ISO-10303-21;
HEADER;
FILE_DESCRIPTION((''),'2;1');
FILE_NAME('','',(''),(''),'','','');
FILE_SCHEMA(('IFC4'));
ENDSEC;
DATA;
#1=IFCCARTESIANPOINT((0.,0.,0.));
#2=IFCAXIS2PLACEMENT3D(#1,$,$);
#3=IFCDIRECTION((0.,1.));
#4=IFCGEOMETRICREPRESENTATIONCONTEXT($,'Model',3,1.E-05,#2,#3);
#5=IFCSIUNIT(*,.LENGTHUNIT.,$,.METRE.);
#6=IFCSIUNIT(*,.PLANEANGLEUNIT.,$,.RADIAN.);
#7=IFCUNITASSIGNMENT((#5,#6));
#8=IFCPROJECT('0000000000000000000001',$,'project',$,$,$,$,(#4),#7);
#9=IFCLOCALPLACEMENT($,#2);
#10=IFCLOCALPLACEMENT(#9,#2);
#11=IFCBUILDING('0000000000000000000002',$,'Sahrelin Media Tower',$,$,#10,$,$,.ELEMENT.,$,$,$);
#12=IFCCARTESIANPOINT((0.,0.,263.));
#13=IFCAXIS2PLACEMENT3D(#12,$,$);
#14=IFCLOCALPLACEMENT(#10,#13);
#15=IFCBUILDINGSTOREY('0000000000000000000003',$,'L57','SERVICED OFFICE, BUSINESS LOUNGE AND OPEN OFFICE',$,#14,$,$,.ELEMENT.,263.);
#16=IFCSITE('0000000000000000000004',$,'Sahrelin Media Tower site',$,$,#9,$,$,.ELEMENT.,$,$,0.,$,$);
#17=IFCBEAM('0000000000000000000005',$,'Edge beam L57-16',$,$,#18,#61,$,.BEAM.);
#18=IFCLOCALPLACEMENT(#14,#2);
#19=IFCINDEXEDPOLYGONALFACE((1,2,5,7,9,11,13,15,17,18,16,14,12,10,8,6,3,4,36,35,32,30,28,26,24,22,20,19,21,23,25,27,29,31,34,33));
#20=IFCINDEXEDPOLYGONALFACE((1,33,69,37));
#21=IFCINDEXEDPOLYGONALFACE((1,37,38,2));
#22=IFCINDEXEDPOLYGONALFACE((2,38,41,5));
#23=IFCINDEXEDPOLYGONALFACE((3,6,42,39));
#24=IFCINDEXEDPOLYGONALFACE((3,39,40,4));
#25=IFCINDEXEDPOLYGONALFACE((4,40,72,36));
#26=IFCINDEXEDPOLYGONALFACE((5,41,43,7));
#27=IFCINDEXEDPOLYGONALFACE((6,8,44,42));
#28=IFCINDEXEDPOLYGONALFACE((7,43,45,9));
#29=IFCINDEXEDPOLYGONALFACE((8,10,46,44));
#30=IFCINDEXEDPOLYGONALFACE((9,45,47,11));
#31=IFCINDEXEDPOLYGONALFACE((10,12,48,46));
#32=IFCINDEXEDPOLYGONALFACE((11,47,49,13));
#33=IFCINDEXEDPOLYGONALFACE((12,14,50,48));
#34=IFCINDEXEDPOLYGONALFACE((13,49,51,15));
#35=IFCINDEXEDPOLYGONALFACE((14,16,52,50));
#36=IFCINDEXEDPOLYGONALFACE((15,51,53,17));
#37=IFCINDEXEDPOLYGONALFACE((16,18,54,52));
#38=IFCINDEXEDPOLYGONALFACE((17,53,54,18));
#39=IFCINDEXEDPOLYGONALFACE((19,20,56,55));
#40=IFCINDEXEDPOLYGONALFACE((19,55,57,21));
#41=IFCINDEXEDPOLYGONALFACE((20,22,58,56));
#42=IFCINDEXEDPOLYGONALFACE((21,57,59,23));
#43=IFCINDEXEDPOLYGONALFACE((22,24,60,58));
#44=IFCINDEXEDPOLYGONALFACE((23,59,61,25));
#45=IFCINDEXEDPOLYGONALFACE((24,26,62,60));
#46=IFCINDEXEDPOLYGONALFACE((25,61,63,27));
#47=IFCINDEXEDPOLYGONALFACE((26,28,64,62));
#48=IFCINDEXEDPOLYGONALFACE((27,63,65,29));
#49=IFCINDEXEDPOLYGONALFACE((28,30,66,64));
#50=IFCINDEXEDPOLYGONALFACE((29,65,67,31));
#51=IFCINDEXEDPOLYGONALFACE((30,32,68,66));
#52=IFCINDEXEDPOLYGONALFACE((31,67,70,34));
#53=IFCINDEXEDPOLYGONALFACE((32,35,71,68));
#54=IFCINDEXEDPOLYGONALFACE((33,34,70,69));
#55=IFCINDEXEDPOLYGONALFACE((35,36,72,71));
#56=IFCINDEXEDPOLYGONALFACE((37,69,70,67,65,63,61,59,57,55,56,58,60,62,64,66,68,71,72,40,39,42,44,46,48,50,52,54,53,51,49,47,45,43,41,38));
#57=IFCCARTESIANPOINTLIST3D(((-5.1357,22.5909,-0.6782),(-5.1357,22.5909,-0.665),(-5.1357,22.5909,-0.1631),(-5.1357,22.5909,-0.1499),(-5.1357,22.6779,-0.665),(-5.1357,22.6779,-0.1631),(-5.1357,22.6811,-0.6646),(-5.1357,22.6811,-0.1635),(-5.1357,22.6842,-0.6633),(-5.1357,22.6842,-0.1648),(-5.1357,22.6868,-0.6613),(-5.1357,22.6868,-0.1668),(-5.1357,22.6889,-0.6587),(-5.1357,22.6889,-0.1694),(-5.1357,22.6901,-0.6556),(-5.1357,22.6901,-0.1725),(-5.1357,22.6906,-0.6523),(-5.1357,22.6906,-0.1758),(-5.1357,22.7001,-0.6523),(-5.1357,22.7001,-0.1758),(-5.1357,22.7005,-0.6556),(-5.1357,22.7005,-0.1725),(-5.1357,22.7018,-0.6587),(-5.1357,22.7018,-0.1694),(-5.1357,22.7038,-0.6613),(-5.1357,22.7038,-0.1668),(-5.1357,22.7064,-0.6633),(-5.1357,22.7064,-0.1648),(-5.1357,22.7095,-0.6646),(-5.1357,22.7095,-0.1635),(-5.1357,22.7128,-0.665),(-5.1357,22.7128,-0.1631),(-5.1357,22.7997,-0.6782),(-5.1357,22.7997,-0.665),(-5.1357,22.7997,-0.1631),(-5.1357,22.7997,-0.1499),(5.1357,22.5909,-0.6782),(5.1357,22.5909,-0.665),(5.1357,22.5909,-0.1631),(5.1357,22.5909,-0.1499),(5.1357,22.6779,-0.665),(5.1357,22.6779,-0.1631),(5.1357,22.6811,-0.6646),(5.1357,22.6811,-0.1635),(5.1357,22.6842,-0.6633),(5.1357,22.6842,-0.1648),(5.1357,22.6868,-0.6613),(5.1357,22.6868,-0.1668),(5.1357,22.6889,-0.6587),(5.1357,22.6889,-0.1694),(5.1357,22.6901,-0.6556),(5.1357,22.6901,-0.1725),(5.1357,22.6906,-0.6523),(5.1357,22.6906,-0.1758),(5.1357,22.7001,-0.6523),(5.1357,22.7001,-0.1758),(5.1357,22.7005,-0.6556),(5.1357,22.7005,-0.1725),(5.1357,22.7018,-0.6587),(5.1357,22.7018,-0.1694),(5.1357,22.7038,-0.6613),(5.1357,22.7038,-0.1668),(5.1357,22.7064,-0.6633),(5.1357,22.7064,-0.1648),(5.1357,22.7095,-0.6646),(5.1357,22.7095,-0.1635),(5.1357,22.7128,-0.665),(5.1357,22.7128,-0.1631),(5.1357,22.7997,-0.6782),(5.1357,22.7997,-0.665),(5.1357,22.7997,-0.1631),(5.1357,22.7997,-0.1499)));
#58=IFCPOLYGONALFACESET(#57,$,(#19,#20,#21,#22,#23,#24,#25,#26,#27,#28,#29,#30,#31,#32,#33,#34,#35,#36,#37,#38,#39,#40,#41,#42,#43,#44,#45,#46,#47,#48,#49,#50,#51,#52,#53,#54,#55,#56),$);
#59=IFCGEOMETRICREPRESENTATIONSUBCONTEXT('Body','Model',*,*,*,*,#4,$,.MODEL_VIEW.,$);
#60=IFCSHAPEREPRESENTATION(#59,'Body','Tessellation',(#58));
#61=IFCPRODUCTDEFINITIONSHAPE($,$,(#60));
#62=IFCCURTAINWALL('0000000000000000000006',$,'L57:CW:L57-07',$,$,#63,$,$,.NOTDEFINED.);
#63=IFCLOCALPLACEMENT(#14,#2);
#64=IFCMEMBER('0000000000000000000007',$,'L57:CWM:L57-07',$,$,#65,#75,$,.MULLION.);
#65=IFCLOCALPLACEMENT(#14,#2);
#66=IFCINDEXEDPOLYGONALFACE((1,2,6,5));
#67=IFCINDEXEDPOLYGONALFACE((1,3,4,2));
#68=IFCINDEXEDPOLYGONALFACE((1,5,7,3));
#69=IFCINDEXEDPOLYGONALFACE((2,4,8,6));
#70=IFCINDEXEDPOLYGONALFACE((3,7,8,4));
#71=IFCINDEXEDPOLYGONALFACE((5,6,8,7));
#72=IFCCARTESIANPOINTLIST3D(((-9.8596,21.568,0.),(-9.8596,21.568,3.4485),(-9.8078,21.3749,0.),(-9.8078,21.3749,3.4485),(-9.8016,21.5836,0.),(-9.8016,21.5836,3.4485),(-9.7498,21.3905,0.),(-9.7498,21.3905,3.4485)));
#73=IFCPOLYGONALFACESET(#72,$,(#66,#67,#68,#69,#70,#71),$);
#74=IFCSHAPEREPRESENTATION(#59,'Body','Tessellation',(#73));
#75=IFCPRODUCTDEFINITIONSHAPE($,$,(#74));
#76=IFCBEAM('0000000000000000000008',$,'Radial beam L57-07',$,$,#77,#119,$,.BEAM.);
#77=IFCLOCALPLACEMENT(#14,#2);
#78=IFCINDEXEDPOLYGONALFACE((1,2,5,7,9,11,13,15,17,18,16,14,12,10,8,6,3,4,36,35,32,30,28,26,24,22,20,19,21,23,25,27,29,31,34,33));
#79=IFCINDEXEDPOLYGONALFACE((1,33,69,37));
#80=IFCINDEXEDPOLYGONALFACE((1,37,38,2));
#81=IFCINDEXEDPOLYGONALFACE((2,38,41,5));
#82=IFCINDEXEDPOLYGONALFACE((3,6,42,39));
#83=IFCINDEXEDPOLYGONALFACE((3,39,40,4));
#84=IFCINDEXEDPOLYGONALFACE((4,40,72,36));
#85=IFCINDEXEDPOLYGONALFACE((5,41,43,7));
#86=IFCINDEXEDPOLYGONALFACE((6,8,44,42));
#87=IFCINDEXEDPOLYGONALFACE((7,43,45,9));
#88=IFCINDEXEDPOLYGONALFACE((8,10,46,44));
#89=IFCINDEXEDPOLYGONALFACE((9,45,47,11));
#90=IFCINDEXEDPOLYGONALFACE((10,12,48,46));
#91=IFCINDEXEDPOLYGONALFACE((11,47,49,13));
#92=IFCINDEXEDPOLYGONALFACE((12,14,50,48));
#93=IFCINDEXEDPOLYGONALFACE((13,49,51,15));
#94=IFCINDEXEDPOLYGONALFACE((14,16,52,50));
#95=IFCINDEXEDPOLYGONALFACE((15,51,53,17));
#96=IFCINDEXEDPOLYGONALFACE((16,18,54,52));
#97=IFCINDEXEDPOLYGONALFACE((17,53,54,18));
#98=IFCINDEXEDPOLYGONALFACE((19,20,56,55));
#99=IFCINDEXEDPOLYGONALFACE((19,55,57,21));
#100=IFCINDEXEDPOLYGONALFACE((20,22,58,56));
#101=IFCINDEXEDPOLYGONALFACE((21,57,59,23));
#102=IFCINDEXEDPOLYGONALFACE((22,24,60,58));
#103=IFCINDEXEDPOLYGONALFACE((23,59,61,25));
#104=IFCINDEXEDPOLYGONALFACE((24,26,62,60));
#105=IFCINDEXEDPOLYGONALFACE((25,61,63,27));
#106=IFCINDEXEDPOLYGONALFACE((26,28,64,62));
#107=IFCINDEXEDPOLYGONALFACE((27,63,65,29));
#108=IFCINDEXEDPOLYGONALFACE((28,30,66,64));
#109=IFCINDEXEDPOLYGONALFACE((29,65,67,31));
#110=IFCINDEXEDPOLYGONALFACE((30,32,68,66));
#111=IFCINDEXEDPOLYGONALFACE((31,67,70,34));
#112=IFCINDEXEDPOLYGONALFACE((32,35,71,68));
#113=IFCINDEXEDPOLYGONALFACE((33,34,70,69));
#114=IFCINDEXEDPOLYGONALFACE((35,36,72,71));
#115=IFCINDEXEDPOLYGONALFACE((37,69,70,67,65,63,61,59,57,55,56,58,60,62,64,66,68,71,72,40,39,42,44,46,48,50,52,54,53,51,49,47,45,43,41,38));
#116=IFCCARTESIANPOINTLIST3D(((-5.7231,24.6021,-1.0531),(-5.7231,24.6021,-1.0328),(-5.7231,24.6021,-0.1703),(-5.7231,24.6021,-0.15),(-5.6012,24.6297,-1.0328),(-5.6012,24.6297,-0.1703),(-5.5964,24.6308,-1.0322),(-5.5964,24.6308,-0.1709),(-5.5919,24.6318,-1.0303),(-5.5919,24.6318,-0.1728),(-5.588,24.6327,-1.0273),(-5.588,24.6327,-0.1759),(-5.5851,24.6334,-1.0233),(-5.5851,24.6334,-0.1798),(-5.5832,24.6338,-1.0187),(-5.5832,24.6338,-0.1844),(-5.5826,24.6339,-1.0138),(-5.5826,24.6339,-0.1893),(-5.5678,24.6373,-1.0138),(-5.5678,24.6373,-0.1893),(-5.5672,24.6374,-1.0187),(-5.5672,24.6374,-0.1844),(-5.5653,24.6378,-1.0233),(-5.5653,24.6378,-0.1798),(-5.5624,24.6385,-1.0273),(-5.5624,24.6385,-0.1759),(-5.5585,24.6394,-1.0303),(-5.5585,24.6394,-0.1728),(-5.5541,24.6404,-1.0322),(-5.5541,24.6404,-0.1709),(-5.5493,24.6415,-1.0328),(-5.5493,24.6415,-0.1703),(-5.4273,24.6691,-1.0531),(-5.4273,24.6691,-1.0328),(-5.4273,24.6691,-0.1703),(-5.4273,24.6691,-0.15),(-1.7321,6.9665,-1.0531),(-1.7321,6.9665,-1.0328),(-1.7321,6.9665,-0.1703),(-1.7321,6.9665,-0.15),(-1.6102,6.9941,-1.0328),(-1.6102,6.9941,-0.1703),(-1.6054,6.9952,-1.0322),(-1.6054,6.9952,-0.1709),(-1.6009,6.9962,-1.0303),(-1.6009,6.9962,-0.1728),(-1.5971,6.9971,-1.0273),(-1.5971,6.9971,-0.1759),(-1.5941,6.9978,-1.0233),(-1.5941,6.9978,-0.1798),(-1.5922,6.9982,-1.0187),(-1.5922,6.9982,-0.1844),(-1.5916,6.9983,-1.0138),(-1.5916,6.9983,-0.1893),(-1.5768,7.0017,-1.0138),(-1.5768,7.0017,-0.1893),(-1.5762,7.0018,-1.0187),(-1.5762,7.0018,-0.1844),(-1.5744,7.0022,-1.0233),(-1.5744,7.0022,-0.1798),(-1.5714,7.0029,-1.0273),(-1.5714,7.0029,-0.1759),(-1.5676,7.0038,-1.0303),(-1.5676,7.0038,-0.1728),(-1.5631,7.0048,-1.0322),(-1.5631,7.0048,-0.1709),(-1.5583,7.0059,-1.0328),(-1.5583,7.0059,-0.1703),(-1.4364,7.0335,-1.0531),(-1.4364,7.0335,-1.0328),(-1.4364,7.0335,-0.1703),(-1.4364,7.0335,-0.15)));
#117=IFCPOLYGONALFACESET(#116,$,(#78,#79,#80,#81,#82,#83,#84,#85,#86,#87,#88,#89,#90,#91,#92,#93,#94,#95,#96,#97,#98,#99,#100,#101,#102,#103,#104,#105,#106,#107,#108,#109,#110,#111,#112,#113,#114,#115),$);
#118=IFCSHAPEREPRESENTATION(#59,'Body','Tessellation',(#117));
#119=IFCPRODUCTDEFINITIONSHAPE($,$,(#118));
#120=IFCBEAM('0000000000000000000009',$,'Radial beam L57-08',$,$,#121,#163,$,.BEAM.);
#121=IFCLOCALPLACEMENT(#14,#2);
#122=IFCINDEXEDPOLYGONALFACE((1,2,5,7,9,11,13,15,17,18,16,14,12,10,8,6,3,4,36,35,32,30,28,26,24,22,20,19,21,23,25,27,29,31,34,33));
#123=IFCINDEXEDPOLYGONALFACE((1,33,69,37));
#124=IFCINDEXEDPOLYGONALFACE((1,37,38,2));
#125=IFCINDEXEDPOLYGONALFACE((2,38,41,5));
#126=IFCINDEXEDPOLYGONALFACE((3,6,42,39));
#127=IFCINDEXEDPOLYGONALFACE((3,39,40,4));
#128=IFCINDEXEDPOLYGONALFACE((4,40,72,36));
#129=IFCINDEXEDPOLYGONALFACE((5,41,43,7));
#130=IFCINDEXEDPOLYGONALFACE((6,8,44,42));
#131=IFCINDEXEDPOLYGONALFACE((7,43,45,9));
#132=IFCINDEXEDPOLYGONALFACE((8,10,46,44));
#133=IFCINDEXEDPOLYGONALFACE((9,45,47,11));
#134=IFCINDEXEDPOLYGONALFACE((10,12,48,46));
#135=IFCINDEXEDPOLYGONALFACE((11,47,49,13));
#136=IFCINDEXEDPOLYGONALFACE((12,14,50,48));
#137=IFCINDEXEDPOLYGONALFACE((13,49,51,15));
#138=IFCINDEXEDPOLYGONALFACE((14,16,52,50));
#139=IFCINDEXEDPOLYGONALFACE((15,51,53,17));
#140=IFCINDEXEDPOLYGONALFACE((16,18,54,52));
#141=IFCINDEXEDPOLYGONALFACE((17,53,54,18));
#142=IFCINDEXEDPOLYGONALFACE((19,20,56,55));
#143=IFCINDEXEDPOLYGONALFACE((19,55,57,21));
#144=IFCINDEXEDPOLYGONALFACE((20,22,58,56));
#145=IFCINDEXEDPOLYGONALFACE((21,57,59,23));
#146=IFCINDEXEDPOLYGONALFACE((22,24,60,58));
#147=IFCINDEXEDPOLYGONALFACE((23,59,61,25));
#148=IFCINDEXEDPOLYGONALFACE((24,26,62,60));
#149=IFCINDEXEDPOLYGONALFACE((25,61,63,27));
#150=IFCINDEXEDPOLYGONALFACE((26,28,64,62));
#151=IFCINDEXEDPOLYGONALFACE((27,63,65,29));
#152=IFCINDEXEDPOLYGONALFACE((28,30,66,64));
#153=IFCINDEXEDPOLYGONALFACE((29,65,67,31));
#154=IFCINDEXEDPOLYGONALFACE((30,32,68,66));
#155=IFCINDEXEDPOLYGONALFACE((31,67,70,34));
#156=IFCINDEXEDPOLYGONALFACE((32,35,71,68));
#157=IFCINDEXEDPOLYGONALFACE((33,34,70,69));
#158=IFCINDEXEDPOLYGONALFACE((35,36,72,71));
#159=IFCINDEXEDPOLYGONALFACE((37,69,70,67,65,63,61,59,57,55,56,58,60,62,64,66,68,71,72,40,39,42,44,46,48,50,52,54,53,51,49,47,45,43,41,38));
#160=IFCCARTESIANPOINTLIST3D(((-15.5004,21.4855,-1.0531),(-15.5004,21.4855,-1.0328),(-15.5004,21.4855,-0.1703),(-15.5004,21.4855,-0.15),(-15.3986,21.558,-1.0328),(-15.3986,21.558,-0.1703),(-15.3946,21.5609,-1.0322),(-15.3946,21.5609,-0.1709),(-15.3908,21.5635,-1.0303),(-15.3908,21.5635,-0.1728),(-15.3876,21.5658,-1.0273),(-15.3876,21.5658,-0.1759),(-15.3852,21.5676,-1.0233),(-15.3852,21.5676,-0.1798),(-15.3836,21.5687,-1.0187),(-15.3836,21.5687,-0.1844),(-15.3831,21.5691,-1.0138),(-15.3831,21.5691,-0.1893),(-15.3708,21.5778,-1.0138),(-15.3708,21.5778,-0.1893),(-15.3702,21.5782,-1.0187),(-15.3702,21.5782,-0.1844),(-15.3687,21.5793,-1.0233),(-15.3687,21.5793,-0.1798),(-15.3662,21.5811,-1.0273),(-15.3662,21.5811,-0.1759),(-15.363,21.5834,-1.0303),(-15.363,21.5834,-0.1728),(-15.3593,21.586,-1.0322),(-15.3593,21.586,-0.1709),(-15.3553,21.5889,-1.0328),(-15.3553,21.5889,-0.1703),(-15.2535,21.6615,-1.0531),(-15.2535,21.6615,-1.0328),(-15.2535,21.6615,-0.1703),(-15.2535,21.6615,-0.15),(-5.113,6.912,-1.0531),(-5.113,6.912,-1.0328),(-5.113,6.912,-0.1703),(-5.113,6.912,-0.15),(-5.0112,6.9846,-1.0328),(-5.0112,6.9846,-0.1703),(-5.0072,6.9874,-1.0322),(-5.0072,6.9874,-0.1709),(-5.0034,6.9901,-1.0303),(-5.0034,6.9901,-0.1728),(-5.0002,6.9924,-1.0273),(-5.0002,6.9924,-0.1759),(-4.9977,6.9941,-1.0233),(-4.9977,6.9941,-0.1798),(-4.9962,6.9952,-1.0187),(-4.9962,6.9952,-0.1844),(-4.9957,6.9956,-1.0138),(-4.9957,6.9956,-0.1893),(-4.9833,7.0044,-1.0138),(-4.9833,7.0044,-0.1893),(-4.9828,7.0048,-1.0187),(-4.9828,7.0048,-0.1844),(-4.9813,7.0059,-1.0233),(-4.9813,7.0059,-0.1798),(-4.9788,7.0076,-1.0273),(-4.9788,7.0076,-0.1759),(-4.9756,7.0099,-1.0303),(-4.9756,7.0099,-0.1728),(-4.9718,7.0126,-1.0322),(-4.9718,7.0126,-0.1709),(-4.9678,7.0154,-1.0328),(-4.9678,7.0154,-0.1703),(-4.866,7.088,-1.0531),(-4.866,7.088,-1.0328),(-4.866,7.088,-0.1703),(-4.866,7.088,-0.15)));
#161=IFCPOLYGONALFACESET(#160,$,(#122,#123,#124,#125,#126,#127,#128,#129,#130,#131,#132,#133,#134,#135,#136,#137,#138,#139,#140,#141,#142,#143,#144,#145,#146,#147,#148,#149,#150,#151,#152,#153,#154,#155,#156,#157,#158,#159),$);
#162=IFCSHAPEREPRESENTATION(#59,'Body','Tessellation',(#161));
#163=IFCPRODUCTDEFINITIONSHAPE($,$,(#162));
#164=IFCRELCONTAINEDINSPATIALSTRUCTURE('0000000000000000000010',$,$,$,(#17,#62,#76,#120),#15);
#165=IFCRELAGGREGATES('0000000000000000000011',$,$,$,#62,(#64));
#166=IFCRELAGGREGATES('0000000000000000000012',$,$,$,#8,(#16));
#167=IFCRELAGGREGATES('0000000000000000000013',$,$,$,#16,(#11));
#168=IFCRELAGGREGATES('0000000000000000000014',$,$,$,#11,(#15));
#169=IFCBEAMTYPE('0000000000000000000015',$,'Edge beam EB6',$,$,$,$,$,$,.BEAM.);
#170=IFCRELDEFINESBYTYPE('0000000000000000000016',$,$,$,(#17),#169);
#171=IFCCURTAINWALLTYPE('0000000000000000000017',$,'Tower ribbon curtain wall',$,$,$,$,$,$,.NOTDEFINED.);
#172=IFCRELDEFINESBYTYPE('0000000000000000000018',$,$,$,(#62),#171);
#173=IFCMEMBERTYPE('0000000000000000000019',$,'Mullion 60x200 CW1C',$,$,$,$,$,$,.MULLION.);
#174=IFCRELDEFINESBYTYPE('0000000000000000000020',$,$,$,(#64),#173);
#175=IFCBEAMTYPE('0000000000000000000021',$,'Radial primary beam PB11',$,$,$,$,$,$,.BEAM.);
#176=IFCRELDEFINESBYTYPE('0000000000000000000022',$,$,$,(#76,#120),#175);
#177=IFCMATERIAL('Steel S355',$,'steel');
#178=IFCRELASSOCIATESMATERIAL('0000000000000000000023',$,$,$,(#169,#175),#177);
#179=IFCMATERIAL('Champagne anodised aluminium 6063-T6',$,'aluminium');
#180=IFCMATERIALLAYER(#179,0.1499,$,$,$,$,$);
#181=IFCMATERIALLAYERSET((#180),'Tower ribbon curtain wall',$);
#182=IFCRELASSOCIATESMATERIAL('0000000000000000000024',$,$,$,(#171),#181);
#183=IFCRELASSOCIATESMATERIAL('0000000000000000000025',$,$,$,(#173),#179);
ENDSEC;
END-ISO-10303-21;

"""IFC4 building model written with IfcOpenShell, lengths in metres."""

from ifc_helpers import new_model, si_unit, direction, frame, origin, origin_2d, place, context, subcontext, project, spatial, rectangle, i_section, extrude, material, layer, layer_set, material_profile, profile_set, type_object, element, aggregate, save


model = new_model("IFC4")

# Units and contexts
model_context = context("Model", 3, precision=1e-05, world=origin(), true_north=direction((0.0, 1.0)))
body_context = subcontext(model_context, "Body", "Model", "MODEL_VIEW")
ifc_project = project(units=[si_unit("LENGTHUNIT", "METRE"), si_unit("PLANEANGLEUNIT", "RADIAN")], contexts=[model_context])

# Site, building, storey
site_placement = place(None, origin())
site = spatial("IfcSite", under=ifc_project, at=site_placement, Name="Sahrelin Media Tower site", CompositionType="ELEMENT", RefElevation=0.0)
building_placement = place(site_placement, origin())
building = spatial("IfcBuilding", under=site, at=building_placement, Name="Sahrelin Media Tower", CompositionType="ELEMENT")
storey_placement = place(building_placement, frame((0.0, 0.0, 263.0)))
storey = spatial("IfcBuildingStorey", under=building, at=storey_placement, Name="L57", Description="SERVICED OFFICE, BUSINESS LOUNGE AND OPEN OFFICE", CompositionType="ELEMENT", Elevation=263.0)

# Beam
ifc_material_1 = material(Name="Steel S355", Category="steel")
ifc_material_profile_1 = material_profile(ifc_material_1, i_section(OverallWidth=0.2087, OverallDepth=0.5283, WebThickness=0.0095, FlangeThickness=0.0132, FilletRadius=0.0127, at=origin_2d()), Name="UB 533x210x82")
ifc_profile_set_1 = profile_set([ifc_material_profile_1], Name="Steel S355")
beam_type_1 = type_object("IfcBeamType", Name="Edge beam EB6", PredefinedType="BEAM", material=ifc_profile_set_1)
beam_1_placement = place(storey_placement, frame((-5.1357, 22.6953, -0.4141), z_axis=(1.0, 0.0, 0.0), x_axis=(0.0, 1.0, 0.0)))
element("IfcBeam", 1, at=beam_1_placement, inside=storey, type_object=beam_type_1, Name="Edge beam L57-16", PredefinedType="BEAM", context=body_context, shape_type="SweptSolid", body=[
    extrude(i_section(OverallWidth=0.2087, OverallDepth=0.5283, WebThickness=0.0095, FlangeThickness=0.0132, FilletRadius=0.0127, at=origin_2d()), origin(), (0.0, 0.0, 1.0), 10.2715),
])

# Curtain wall, member
ifc_material_2 = material(Name="Champagne anodised aluminium 6063-T6", Category="aluminium")
ifc_layer_1 = layer(ifc_material_2, 0.1499)
ifc_layer_set_1 = layer_set([ifc_layer_1], Name="Tower ribbon curtain wall")
curtain_wall_type = type_object("IfcCurtainWallType", Name="Tower ribbon curtain wall", PredefinedType="NOTDEFINED", material=ifc_layer_set_1)
curtain_wall_placement = place(storey_placement, frame((-9.8357, 21.5952, 0.0), z_axis=(0.0, 0.0, 1.0), x_axis=(1.0, 0.0, 0.0)))
curtain_wall = element("IfcCurtainWall", 2, at=curtain_wall_placement, inside=storey, type_object=curtain_wall_type, Name="L57:CW:L57-07", PredefinedType="NOTDEFINED")
ifc_material_profile_2 = material_profile(ifc_material_2, rectangle(XDim=0.0601, YDim=0.2, at=origin_2d()), Name="Mullion 60x200")
ifc_profile_set_2 = profile_set([ifc_material_profile_2], Name="Champagne anodised aluminium 6063-T6")
member_type_1 = type_object("IfcMemberType", Name="Mullion 60x200 CW1C", PredefinedType="MULLION", material=ifc_profile_set_2)
member_1_placement = place(storey_placement, frame((-9.8047, 21.4792, 0.0), z_axis=(0.0, 0.0, 1.0), x_axis=(-0.965925, -0.258821, 0.0)))
member_1 = element("IfcMember", 3, at=member_1_placement, type_object=member_type_1, Name="L57:CWM:L57-07", PredefinedType="MULLION", context=body_context, shape_type="SweptSolid", body=[
    extrude(rectangle(XDim=0.0601, YDim=0.2, at=origin_2d()), origin(), (0.0, 0.0, 1.0), 3.4485),
])

# Beams
ifc_material_profile_3 = material_profile(ifc_material_1, i_section(OverallWidth=0.3032, OverallDepth=0.9031, WebThickness=0.0151, FlangeThickness=0.0203, FilletRadius=0.019, at=origin_2d()), Name="UB 914x305x201")
ifc_profile_set_3 = profile_set([ifc_material_profile_3], Name="Steel S355")
beam_type_2 = type_object("IfcBeamType", Name="Radial primary beam PB11", PredefinedType="BEAM", material=ifc_profile_set_3)
beam_2_placement = place(storey_placement, frame((-1.5842, 7.0, -0.6016), z_axis=(-0.220722, 0.975337, 0.0), x_axis=(-0.975337, -0.220722, 0.0)))
element("IfcBeam", 4, at=beam_2_placement, inside=storey, type_object=beam_type_2, Name="Radial beam L57-07", PredefinedType="BEAM", context=body_context, shape_type="SweptSolid", body=[
    extrude(i_section(OverallWidth=0.3032, OverallDepth=0.9031, WebThickness=0.0151, FlangeThickness=0.0203, FilletRadius=0.019, at=origin_2d()), origin(), (0.0, 0.0, 1.0), 18.0815),
])
beam_3_placement = place(storey_placement, frame((-4.9895, 7.0, -0.6016), z_axis=(-0.580417, 0.814319, 0.0), x_axis=(-0.814319, -0.580417, 0.0)))
element("IfcBeam", 5, at=beam_3_placement, inside=storey, type_object=beam_type_2, Name="Radial beam L57-08", PredefinedType="BEAM", context=body_context, shape_type="SweptSolid", body=[
    extrude(i_section(OverallWidth=0.3032, OverallDepth=0.9031, WebThickness=0.0151, FlangeThickness=0.0203, FilletRadius=0.019, at=origin_2d()), origin(), (0.0, 0.0, 1.0), 17.8965),
])

aggregate(curtain_wall, [member_1])

save(model, "model.ifc")
